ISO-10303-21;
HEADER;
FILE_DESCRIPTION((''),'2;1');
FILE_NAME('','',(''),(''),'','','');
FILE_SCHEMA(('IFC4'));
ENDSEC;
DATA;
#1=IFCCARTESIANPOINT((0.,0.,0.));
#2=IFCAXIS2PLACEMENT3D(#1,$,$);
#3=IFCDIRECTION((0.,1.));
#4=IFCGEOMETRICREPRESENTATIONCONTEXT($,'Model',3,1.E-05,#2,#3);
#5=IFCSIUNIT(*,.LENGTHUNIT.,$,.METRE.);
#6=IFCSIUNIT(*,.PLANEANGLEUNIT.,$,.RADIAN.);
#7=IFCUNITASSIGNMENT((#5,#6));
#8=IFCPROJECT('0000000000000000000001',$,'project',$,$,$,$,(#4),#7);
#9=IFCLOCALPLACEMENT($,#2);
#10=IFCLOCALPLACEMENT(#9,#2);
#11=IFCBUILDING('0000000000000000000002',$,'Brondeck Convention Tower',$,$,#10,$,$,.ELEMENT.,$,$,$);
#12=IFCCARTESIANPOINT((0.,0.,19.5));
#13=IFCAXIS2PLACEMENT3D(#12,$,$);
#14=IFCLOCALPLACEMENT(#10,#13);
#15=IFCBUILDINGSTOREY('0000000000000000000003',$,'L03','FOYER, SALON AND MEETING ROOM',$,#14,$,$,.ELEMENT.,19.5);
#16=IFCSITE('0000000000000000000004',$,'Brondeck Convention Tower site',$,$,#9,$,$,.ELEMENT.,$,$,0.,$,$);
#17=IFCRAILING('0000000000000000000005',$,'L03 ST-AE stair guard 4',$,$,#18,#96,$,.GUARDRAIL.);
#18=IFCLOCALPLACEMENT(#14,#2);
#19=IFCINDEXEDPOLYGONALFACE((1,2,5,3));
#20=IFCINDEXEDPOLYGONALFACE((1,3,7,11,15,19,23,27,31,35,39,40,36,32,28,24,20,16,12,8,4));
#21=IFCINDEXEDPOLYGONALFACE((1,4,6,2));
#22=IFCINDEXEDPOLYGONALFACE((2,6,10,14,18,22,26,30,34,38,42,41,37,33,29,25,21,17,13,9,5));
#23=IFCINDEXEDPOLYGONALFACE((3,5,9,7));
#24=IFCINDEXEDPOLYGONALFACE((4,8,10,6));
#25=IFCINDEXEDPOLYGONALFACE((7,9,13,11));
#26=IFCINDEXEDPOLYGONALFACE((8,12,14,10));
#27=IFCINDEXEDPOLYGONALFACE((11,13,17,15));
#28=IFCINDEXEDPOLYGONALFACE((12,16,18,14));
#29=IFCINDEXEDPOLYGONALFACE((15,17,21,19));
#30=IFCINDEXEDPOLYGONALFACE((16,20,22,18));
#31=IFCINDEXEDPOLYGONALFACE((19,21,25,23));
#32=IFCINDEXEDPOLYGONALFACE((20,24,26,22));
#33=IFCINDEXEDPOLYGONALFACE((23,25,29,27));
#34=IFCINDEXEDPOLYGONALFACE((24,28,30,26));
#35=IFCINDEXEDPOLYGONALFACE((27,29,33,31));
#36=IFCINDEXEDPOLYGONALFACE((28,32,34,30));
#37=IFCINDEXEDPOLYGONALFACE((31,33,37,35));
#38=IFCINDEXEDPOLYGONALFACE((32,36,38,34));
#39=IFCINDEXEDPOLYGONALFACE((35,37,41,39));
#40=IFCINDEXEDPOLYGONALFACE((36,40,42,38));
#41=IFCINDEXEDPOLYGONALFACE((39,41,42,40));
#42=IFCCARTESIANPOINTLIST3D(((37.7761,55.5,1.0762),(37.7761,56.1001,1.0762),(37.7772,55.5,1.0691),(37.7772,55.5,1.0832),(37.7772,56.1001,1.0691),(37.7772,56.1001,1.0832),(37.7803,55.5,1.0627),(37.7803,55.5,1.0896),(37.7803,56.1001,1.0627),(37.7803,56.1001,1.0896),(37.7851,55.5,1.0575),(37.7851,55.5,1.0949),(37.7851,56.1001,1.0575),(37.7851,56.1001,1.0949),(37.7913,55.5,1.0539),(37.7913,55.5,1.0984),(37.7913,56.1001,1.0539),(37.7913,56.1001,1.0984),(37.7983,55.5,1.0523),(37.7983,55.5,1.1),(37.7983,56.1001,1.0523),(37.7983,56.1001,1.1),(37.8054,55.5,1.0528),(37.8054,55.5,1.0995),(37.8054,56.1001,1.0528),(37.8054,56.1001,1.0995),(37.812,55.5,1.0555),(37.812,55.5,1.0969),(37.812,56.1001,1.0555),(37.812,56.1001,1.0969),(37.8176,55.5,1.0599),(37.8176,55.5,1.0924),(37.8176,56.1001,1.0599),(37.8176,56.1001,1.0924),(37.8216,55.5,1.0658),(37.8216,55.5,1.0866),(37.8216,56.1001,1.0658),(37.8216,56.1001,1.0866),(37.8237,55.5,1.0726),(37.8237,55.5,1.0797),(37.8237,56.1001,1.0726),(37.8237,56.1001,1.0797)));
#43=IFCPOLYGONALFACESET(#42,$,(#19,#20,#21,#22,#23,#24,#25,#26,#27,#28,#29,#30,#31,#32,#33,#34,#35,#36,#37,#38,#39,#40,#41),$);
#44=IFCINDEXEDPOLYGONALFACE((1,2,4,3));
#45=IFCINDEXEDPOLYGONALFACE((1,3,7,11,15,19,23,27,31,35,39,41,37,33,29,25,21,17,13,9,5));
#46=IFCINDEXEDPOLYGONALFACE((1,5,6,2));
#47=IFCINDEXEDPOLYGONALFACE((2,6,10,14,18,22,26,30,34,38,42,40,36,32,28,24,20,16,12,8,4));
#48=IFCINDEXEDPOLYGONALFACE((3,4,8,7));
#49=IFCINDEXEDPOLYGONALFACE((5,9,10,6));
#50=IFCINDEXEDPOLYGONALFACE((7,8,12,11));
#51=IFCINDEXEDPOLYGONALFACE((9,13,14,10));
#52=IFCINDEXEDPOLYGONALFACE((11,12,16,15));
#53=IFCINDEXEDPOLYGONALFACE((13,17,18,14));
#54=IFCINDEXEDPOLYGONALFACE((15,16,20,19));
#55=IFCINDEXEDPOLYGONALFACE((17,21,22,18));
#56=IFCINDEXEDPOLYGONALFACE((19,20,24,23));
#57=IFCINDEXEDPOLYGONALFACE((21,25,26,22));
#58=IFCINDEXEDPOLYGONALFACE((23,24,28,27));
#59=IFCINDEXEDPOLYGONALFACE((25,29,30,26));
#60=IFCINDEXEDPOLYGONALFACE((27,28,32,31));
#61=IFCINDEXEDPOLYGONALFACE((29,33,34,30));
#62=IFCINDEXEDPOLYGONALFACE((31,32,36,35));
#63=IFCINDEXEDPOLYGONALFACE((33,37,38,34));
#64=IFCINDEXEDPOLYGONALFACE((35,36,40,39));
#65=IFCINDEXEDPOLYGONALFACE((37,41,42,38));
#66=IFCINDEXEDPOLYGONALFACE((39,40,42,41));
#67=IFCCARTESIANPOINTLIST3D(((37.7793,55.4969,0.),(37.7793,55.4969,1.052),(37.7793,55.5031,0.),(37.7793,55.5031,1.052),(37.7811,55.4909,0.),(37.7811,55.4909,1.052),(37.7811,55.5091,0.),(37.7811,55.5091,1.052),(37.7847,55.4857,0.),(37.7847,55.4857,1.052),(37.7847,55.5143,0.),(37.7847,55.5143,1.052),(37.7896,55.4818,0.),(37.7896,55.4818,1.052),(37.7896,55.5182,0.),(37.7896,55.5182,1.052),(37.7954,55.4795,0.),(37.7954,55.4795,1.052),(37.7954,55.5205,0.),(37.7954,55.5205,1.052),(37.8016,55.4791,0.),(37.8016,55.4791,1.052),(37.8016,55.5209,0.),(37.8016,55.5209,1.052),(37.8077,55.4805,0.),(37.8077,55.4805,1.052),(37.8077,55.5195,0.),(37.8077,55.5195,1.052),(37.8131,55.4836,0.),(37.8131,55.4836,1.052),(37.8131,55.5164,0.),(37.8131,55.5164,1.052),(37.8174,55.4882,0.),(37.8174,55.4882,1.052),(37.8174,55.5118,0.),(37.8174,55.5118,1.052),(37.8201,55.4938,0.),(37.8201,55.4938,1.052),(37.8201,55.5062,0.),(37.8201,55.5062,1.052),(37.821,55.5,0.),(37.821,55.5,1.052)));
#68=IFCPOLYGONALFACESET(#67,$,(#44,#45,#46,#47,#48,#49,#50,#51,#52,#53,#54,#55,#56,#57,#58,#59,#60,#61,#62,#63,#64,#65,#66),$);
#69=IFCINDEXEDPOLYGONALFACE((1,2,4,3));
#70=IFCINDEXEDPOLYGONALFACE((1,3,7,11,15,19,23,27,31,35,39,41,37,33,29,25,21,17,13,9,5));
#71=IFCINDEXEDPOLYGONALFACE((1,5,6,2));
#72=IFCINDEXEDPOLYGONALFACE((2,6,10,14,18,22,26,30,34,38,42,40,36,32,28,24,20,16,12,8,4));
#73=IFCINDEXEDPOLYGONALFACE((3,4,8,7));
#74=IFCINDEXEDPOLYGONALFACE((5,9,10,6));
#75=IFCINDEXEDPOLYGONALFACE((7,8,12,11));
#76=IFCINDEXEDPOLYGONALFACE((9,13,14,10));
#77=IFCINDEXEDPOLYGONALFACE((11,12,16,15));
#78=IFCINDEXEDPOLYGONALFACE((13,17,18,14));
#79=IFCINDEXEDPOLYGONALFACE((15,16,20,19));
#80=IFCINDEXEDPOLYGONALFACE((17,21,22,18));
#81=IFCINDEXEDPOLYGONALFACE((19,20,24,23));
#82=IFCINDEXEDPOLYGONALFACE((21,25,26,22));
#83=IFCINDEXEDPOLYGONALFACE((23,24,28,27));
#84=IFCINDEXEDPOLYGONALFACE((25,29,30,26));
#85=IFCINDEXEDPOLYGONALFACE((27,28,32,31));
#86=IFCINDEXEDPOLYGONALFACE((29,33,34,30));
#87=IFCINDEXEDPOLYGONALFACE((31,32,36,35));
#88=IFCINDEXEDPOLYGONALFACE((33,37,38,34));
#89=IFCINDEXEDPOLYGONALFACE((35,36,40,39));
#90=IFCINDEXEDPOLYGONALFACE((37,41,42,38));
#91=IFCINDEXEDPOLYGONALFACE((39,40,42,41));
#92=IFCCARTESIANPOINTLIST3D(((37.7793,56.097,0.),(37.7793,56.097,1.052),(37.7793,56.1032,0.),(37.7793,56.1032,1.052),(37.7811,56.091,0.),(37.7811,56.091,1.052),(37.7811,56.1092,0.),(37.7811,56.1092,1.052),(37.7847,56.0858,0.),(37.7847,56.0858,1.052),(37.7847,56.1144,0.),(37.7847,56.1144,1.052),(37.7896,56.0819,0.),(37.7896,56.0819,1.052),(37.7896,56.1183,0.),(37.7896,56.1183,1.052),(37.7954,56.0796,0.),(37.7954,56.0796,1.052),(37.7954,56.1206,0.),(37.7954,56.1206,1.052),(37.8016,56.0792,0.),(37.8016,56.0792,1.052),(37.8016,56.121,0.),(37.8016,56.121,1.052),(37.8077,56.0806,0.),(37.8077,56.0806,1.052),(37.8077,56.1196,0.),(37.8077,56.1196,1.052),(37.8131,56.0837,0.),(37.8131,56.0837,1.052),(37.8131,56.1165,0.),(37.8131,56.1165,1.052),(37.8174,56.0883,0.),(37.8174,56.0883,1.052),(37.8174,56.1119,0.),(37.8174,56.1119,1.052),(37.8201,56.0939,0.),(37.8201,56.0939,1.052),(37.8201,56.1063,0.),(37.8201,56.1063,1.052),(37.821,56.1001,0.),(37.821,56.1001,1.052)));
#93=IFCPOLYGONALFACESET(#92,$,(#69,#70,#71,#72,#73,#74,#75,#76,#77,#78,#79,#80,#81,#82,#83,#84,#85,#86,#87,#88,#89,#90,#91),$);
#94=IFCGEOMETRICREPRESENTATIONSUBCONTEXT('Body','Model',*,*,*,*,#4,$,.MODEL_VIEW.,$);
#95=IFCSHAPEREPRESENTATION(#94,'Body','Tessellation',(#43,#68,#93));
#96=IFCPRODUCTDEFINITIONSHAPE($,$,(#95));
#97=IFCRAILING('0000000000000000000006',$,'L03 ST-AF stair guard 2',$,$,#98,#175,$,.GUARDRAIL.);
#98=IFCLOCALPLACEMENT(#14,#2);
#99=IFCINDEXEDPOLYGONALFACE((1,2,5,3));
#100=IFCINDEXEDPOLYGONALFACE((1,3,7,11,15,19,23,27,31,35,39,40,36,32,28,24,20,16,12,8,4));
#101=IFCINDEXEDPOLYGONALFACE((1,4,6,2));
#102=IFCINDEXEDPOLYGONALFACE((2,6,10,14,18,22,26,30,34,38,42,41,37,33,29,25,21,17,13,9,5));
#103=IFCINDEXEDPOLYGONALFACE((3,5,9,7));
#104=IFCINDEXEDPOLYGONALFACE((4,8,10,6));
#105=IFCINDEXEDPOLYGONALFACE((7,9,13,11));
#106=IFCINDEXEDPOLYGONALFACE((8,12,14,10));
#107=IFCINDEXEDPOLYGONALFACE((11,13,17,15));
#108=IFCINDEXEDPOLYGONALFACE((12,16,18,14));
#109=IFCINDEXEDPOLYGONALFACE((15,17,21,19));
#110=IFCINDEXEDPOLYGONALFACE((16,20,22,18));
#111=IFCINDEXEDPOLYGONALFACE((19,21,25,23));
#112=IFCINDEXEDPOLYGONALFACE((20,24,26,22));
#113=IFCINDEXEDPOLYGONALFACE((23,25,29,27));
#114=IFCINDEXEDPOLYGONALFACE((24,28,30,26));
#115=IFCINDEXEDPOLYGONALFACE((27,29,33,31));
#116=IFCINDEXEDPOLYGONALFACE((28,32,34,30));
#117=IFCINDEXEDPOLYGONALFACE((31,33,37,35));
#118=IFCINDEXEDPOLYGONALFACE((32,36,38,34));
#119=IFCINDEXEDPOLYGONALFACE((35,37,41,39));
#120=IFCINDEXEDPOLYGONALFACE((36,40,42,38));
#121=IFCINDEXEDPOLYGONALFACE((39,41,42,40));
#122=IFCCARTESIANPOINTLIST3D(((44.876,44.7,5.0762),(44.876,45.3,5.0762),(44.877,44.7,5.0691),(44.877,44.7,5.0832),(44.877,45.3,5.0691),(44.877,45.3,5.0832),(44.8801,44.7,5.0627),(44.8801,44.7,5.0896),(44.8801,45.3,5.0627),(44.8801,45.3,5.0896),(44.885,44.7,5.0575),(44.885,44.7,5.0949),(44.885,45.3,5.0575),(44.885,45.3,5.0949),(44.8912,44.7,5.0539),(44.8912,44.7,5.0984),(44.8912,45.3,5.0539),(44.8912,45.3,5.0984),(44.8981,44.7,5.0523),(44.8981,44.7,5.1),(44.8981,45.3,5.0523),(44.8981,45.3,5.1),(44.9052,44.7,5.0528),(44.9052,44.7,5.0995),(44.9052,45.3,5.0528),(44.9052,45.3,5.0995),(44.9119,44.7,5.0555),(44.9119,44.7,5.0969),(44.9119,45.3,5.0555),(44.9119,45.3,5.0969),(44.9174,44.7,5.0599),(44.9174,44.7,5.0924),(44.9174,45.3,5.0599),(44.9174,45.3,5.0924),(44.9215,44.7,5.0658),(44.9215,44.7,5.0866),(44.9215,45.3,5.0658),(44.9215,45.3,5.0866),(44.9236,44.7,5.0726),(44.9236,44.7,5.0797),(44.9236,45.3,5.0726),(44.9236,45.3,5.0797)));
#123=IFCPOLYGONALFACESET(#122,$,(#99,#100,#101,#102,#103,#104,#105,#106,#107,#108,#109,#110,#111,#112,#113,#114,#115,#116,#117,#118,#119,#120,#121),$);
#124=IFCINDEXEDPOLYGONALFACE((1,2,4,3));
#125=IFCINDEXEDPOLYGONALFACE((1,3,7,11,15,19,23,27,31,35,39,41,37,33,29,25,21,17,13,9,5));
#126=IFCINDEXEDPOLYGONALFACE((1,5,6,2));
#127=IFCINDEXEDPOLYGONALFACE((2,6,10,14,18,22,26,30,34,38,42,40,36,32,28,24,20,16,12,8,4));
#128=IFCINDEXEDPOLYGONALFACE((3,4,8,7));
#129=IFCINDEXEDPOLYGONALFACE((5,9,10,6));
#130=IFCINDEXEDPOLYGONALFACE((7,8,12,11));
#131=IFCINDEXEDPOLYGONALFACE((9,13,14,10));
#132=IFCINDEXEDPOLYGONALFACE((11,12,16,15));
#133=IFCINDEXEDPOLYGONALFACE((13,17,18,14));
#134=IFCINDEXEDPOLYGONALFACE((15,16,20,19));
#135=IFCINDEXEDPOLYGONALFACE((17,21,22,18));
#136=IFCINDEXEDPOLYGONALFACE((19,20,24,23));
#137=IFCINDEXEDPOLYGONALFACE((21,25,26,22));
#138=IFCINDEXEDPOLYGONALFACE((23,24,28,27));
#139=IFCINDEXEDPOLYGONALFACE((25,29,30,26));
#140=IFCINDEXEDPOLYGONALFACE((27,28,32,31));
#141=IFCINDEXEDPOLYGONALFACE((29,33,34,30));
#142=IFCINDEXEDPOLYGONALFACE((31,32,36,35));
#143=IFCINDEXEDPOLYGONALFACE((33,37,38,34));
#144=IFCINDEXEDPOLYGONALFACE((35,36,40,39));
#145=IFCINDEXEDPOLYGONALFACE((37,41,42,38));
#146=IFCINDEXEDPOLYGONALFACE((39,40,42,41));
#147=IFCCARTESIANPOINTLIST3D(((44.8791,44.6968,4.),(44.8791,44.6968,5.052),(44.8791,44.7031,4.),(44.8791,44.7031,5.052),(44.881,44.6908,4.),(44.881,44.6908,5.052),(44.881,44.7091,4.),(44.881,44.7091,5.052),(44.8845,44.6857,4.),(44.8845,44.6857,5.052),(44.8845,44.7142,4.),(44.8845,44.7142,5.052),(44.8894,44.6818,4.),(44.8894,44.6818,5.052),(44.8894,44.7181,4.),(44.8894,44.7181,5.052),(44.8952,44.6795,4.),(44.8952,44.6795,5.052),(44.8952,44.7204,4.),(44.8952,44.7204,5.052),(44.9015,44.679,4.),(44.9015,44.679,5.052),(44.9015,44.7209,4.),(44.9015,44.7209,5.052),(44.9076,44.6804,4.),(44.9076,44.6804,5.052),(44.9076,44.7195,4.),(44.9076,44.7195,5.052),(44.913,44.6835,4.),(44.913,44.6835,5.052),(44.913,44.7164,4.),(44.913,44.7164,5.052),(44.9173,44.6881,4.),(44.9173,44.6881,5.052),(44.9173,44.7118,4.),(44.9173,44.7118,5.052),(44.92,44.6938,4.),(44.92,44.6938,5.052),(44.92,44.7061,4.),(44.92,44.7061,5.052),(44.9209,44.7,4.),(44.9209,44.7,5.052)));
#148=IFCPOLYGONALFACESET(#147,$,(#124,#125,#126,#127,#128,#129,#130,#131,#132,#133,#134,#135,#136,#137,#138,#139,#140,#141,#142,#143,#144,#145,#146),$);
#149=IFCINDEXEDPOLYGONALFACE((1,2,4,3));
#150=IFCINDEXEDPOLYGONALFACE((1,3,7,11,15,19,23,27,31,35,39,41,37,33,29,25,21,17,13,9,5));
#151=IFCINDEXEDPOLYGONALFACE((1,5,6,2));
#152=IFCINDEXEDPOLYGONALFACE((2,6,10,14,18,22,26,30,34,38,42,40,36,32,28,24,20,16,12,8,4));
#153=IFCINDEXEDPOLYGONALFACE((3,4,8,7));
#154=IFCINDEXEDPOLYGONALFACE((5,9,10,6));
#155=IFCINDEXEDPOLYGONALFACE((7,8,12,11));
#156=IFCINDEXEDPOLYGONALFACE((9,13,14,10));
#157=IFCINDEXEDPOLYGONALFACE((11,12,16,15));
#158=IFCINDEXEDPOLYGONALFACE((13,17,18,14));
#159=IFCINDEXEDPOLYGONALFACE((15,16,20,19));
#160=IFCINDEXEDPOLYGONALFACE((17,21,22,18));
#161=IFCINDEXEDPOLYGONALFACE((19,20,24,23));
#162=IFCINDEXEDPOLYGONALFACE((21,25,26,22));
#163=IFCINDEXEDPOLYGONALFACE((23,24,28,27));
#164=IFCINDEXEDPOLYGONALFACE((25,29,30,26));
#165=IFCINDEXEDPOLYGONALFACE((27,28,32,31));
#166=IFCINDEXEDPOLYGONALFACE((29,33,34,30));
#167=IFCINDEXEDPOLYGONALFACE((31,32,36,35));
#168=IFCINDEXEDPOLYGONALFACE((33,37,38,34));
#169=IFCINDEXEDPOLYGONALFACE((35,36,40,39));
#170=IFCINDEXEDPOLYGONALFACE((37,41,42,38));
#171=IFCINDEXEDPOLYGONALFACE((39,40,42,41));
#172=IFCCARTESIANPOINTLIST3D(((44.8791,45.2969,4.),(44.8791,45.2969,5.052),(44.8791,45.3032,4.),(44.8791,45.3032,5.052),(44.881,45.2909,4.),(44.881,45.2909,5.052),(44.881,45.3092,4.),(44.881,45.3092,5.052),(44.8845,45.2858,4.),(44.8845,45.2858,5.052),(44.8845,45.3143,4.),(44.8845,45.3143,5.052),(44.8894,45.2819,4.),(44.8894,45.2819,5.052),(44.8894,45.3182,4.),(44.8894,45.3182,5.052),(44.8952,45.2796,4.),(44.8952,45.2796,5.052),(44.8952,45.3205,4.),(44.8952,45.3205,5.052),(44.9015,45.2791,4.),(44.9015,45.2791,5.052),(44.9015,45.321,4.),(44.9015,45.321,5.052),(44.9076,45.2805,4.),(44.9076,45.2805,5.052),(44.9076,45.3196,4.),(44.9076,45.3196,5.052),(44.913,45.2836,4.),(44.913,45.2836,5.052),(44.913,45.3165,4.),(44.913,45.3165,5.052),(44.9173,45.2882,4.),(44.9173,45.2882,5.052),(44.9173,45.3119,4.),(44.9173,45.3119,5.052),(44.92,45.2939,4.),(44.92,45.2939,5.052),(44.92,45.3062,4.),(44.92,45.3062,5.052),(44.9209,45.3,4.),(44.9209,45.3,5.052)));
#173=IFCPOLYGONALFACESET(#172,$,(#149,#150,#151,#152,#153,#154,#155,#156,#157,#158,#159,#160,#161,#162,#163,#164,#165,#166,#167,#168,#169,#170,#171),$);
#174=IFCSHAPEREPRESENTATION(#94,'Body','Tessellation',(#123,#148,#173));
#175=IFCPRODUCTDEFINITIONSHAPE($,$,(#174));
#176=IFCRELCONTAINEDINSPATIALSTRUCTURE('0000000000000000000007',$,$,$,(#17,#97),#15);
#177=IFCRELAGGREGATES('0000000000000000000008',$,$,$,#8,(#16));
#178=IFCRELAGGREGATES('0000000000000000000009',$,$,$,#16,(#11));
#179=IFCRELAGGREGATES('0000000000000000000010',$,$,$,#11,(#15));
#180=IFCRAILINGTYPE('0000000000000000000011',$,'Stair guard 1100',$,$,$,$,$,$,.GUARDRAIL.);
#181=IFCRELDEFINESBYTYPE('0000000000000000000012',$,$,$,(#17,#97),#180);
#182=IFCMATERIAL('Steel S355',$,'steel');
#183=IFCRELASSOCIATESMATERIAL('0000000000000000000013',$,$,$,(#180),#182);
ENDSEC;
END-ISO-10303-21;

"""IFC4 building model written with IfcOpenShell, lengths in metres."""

from ifc_helpers import new_model, si_unit, direction, frame, origin, origin_2d, place, context, subcontext, project, spatial, circle, extrude, material, type_object, element, save


model = new_model("IFC4")

# Units and contexts
model_context = context("Model", 3, precision=1e-05, world=origin(), true_north=direction((0.0, 1.0)))
body_context = subcontext(model_context, "Body", "Model", "MODEL_VIEW")
ifc_project = project(units=[si_unit("LENGTHUNIT", "METRE"), si_unit("PLANEANGLEUNIT", "RADIAN")], contexts=[model_context])

# Site, building, storey
site_placement = place(None, origin())
site = spatial("IfcSite", under=ifc_project, at=site_placement, Name="Brondeck Convention Tower site", CompositionType="ELEMENT", RefElevation=0.0)
building_placement = place(site_placement, origin())
building = spatial("IfcBuilding", under=site, at=building_placement, Name="Brondeck Convention Tower", CompositionType="ELEMENT")
storey_placement = place(building_placement, frame((0.0, 0.0, 19.5)))
storey = spatial("IfcBuildingStorey", under=building, at=storey_placement, Name="L03", Description="FOYER, SALON AND MEETING ROOM", CompositionType="ELEMENT", Elevation=19.5)

# Shared definitions
ifc_material_1 = material(Name="Steel S355", Category="steel")

# Railings
railing_type_1 = type_object("IfcRailingType", Name="Stair guard 1100", PredefinedType="GUARDRAIL", material=ifc_material_1)
for number, where, name in (
    (1, (37.8, 55.5, 0.0), "L03 ST-AE stair guard 4"),
    (2, (44.8999, 44.7, 4.0), "L03 ST-AF stair guard 2"),
):
    element("IfcRailing", number, at=place(storey_placement, frame(where)), inside=storey, type_object=railing_type_1, Name=name, PredefinedType="GUARDRAIL", context=body_context, shape_type="SweptSolid", body=[
        extrude(circle(Radius=0.0239, at=origin_2d()), frame((0.0, 0.0, 1.0762), z_axis=(0.0, 1.0, 0.0), x_axis=(-1.0, 0.0, 0.0)), (0.0, 0.0, 1.0), 0.6001),
        extrude(circle(Radius=0.021, at=origin_2d()), origin(), (0.0, 0.0, 1.0), 1.052),
        extrude(circle(Radius=0.021, at=origin_2d()), frame((0.0, 0.6001, 0.0)), (0.0, 0.0, 1.0), 1.052),
    ])

save(model, "model.ifc")
